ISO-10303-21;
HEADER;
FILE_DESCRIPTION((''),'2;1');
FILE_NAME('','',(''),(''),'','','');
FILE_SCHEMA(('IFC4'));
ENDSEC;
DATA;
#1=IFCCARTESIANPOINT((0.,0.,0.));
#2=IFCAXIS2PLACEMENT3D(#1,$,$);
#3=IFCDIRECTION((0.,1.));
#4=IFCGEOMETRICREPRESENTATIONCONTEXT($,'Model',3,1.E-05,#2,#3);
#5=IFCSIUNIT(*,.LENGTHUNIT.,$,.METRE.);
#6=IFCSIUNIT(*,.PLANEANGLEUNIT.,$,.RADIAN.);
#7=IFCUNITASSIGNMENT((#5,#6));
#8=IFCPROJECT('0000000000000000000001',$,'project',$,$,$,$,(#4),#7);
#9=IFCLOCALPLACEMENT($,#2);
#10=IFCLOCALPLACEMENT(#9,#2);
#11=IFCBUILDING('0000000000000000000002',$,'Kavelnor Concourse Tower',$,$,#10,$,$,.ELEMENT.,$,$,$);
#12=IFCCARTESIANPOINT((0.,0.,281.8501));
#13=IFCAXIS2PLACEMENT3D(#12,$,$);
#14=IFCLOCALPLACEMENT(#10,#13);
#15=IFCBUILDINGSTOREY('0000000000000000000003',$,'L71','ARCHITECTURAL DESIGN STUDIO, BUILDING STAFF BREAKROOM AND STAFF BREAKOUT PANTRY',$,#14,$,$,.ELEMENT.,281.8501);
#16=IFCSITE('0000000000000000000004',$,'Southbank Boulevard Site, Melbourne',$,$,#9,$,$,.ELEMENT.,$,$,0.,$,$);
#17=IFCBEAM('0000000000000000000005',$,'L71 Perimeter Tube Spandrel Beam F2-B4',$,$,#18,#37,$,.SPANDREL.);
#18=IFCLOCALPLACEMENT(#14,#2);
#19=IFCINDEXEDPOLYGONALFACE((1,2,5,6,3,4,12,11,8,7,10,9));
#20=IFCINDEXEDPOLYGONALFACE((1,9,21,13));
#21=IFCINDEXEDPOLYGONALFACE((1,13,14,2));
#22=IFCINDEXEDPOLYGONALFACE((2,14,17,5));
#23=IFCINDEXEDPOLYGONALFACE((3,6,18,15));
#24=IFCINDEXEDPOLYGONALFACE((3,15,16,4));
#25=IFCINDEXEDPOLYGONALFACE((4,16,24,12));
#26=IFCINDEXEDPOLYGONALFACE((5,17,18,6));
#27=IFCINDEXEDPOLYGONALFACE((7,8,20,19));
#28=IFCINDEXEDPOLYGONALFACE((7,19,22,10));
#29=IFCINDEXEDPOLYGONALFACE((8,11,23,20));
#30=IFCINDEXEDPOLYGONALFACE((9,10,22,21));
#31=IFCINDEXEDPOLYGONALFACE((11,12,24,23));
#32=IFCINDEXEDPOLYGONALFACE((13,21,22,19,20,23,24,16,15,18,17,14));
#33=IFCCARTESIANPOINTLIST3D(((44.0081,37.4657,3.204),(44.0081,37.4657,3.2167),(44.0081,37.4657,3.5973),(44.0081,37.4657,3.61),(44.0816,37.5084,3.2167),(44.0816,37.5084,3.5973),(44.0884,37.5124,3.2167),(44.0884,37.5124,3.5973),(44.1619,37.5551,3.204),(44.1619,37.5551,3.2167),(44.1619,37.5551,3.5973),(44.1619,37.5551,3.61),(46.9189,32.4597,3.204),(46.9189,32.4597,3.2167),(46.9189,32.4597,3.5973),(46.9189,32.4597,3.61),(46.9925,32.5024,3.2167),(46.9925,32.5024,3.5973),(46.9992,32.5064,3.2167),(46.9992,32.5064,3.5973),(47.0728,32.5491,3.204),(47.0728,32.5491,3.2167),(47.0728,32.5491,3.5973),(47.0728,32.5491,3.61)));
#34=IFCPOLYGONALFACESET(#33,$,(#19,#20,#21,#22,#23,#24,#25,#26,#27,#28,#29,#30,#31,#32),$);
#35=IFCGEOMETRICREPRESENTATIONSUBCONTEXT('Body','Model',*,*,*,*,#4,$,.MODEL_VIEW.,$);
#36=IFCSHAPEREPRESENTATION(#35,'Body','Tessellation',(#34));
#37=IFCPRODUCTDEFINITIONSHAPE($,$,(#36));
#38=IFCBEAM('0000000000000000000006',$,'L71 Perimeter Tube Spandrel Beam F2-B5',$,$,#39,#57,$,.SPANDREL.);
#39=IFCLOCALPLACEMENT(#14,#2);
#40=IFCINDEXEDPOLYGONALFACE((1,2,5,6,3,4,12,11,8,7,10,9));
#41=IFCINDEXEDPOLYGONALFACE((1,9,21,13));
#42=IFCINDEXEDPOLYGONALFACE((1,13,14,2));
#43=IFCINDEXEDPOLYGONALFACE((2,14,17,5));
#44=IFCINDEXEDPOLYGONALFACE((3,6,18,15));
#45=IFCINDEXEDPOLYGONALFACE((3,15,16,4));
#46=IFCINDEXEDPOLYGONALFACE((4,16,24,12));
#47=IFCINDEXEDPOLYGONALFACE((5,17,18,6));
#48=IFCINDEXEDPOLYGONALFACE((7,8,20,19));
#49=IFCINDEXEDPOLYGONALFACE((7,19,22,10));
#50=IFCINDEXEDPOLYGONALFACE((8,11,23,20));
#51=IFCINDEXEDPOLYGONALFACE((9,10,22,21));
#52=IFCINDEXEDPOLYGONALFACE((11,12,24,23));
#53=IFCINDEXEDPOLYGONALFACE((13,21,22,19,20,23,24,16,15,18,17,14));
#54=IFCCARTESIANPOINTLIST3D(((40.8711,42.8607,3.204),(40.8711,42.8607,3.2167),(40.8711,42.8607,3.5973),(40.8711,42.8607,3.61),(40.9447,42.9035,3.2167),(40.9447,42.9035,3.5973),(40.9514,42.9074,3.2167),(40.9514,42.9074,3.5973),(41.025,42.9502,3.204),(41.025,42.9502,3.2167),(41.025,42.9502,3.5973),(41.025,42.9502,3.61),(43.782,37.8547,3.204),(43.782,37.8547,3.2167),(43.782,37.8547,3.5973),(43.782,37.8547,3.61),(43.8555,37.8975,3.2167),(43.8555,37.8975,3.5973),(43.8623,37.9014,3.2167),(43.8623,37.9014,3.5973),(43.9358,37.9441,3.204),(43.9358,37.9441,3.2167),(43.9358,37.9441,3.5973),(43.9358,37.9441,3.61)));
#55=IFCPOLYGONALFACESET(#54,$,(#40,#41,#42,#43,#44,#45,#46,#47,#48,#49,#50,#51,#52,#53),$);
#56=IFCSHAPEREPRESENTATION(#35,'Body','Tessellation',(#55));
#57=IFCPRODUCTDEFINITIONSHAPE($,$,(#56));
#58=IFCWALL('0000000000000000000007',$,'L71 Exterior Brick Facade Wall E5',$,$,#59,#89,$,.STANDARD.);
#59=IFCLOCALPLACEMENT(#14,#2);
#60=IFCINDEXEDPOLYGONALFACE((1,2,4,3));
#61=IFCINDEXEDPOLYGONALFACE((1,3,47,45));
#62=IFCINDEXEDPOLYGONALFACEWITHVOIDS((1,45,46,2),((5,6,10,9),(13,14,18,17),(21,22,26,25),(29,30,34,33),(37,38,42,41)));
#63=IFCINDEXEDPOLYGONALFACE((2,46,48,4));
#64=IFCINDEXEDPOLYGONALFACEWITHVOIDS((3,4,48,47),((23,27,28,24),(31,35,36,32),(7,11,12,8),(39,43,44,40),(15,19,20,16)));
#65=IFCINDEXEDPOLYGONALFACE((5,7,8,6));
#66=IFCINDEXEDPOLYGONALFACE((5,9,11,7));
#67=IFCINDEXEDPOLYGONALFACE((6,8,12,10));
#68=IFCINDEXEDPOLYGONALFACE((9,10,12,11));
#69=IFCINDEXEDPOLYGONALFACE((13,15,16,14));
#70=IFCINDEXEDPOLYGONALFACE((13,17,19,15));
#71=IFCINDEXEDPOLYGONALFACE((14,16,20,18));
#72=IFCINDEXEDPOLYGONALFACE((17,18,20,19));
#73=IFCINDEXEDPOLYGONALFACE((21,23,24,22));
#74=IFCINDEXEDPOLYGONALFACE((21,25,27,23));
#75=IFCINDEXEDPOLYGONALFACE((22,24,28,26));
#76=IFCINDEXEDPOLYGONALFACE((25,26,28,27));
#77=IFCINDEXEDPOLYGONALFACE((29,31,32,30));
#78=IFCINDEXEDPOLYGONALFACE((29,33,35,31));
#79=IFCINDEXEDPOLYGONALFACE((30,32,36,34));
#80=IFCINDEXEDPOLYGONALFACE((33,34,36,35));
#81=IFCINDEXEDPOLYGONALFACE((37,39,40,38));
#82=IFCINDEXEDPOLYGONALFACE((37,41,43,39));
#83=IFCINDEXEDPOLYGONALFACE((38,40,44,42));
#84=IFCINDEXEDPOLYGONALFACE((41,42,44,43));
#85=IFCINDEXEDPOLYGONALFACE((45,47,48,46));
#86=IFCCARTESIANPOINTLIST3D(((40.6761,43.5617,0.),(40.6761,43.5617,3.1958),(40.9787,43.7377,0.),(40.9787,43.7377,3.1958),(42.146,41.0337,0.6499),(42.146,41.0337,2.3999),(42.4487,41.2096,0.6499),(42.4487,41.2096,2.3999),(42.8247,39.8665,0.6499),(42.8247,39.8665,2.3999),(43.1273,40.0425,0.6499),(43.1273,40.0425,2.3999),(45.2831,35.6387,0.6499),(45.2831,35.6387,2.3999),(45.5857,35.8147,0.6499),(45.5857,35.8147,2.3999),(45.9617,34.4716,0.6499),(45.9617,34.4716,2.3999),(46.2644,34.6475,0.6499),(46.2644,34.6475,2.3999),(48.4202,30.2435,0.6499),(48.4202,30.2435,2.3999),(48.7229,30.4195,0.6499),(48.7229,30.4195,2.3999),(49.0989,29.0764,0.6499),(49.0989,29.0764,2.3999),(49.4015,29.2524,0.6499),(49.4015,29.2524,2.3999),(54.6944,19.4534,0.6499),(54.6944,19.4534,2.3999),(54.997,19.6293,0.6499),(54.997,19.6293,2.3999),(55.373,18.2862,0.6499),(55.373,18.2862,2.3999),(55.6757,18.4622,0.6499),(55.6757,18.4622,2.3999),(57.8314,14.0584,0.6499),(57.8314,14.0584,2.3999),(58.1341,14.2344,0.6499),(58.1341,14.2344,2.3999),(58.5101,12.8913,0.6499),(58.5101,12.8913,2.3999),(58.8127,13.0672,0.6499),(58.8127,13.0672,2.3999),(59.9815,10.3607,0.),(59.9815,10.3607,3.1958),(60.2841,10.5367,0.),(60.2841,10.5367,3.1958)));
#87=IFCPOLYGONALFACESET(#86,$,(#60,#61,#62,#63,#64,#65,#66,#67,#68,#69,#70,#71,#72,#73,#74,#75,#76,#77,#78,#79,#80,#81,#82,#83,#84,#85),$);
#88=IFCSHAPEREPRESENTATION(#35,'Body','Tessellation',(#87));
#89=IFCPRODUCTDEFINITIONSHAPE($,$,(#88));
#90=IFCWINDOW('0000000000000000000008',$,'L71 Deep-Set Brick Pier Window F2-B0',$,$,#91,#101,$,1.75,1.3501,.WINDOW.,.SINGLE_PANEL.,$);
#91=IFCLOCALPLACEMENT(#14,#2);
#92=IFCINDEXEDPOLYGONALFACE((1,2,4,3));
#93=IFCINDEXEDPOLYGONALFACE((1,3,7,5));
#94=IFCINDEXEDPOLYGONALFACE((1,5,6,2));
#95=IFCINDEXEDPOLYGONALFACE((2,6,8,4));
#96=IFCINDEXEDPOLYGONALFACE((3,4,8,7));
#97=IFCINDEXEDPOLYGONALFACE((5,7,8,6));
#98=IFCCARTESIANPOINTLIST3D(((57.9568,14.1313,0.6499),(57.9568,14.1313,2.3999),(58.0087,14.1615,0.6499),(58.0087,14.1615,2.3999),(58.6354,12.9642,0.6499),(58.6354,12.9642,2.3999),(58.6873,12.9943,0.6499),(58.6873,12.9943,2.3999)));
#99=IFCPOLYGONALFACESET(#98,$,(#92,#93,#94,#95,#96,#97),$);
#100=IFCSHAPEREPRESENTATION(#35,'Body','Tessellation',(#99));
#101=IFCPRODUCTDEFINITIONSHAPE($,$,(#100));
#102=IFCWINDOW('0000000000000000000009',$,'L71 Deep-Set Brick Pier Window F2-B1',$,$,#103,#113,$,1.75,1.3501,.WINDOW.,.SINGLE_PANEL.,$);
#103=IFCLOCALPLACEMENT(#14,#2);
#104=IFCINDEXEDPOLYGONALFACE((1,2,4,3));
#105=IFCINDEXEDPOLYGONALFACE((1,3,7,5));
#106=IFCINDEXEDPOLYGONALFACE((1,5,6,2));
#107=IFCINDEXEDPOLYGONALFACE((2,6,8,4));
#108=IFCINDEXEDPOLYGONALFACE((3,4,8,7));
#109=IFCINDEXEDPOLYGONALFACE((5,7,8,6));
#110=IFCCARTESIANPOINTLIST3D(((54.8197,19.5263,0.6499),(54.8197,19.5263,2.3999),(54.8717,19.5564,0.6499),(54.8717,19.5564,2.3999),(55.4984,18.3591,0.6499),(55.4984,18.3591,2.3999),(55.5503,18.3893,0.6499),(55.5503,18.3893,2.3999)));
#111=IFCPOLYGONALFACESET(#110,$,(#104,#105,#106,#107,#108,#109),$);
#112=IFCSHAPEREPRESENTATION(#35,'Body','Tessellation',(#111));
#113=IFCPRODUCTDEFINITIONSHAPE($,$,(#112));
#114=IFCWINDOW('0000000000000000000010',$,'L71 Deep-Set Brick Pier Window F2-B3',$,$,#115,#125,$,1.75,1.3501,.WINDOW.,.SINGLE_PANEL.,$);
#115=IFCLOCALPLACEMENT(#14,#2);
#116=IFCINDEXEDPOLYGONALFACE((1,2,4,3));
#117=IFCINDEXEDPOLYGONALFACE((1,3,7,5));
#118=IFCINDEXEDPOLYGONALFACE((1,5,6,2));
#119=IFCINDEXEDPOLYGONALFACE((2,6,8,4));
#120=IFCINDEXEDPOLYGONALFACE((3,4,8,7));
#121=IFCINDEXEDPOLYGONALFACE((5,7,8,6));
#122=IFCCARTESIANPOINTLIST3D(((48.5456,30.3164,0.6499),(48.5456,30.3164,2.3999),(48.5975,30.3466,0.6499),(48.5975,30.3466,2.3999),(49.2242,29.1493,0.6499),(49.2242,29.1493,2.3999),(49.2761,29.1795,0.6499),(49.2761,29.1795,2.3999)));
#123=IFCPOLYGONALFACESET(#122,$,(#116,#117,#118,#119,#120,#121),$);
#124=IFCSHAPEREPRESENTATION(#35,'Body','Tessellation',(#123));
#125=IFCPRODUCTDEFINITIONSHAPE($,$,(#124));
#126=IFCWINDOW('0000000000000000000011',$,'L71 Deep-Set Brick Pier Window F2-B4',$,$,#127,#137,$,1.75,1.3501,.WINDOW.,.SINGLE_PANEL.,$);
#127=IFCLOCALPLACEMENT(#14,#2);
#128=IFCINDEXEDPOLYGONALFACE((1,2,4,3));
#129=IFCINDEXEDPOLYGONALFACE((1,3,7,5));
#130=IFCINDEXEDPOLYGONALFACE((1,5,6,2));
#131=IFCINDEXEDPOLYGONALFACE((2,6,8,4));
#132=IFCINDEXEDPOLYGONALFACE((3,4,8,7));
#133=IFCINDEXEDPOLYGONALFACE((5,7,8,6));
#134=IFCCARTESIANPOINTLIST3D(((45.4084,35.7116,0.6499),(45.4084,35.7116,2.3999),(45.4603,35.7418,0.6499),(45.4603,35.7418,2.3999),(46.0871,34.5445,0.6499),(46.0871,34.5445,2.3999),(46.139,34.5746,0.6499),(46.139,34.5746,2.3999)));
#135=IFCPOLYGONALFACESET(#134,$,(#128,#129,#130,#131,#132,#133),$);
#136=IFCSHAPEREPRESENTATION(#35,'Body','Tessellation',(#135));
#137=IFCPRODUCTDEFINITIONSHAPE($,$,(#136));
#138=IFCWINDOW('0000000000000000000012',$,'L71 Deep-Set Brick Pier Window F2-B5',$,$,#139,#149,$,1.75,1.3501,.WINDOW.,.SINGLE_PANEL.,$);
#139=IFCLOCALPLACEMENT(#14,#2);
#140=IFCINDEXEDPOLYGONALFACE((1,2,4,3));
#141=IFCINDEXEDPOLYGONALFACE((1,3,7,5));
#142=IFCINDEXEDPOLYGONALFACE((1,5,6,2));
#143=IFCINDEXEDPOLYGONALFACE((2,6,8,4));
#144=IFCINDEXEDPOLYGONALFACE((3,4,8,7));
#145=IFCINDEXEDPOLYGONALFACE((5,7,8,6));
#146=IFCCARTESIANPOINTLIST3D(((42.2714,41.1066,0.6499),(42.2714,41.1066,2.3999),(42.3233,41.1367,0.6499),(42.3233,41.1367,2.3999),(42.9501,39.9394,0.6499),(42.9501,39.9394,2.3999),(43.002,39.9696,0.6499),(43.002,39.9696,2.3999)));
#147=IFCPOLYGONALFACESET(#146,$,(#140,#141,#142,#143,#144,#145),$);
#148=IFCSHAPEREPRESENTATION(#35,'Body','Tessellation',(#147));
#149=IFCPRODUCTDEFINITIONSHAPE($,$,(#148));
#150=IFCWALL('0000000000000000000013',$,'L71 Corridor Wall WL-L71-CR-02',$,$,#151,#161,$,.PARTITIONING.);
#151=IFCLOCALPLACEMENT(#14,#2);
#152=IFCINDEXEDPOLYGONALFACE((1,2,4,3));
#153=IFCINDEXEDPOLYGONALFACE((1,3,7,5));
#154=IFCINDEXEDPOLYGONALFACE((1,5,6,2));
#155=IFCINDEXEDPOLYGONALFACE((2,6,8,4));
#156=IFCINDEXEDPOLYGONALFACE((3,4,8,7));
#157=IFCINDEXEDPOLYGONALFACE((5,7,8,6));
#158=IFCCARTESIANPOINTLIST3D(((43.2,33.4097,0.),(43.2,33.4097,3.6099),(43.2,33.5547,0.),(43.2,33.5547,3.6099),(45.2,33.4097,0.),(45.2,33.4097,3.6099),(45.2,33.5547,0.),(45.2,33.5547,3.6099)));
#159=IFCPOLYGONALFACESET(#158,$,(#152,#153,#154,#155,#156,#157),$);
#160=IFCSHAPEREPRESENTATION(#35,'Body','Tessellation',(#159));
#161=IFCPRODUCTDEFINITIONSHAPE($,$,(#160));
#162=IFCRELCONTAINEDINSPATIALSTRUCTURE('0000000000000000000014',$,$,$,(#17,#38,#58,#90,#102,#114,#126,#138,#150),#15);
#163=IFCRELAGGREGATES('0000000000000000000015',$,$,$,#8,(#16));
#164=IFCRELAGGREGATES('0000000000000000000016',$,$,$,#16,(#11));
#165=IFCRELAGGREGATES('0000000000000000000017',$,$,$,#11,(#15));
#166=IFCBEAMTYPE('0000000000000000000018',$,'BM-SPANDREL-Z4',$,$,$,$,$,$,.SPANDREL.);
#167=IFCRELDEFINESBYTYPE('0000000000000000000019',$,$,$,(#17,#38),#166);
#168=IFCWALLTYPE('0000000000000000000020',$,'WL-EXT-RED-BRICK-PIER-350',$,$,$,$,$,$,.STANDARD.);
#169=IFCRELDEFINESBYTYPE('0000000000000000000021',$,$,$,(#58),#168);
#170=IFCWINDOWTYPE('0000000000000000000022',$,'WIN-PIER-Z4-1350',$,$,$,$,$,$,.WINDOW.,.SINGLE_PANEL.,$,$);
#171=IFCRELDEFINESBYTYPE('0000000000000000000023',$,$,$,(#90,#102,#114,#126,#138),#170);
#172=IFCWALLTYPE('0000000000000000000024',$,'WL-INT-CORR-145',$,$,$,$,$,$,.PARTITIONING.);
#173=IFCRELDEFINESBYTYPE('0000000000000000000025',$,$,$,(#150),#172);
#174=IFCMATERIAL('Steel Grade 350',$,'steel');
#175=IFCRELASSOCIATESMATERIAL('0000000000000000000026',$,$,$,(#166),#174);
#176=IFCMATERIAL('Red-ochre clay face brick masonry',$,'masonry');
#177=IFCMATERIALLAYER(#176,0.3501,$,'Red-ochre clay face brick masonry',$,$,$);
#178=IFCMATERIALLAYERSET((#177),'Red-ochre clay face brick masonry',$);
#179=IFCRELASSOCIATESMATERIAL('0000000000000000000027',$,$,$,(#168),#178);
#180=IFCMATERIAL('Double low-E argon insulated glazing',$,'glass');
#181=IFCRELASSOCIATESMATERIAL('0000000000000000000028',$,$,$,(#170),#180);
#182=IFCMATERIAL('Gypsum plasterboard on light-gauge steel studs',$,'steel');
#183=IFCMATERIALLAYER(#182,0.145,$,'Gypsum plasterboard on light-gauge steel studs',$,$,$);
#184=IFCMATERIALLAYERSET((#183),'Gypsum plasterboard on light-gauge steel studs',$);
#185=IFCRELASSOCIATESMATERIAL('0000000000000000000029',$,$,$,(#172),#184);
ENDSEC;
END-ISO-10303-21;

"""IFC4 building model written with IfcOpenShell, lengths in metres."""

from ifc_helpers import new_model, si_unit, direction, frame, frame_2d, origin, origin_2d, place, context, subcontext, project, spatial, rectangle, i_section, extrude, material, layer, layer_set, material_profile, profile_set, type_object, element, fill, save


model = new_model("IFC4")

# Units and contexts
model_context = context("Model", 3, precision=1e-05, world=origin(), true_north=direction((0.0, 1.0)))
body_context = subcontext(model_context, "Body", "Model", "MODEL_VIEW")
ifc_project = project(units=[si_unit("LENGTHUNIT", "METRE"), si_unit("PLANEANGLEUNIT", "RADIAN")], contexts=[model_context])

# Site, building, storey
site_placement = place(None, origin())
site = spatial("IfcSite", under=ifc_project, at=site_placement, Name="Southbank Boulevard Site, Melbourne", CompositionType="ELEMENT", RefElevation=0.0)
building_placement = place(site_placement, origin())
building = spatial("IfcBuilding", under=site, at=building_placement, Name="Kavelnor Concourse Tower", CompositionType="ELEMENT")
storey_placement = place(building_placement, frame((0.0, 0.0, 281.8501)))
storey = spatial("IfcBuildingStorey", under=building, at=storey_placement, Name="L71", Description="ARCHITECTURAL DESIGN STUDIO, BUILDING STAFF BREAKROOM AND STAFF BREAKOUT PANTRY", CompositionType="ELEMENT", Elevation=281.8501)

# Shared definitions
ifc_material_1 = material(Name="Steel Grade 350", Category="steel")

# Beams
ifc_material_profile_1 = material_profile(ifc_material_1, i_section(OverallWidth=0.178, OverallDepth=0.406, WebThickness=0.0078, FlangeThickness=0.0127, at=origin_2d()), Name="410UB59")
ifc_profile_set_1 = profile_set([ifc_material_profile_1], Name="Steel Grade 350")
beam_type_1 = type_object("IfcBeamType", Name="BM-SPANDREL-Z4", PredefinedType="SPANDREL", material=ifc_profile_set_1)
for number, where, z_axis, x_axis, name in (
    (1, (46.9958, 32.5044, 3.407), (-0.502667, 0.86448, 0.0), (-0.86448, -0.502667, 0.0), "L71 Perimeter Tube Spandrel Beam F2-B4"),
    (2, (43.8589, 37.8994, 3.407), (-0.502667, 0.86448, 0.0), (-0.86448, -0.502667, 0.0), "L71 Perimeter Tube Spandrel Beam F2-B5"),
):
    element("IfcBeam", number, at=place(storey_placement, frame(where, z_axis=z_axis, x_axis=x_axis)), inside=storey, type_object=beam_type_1, Name=name, PredefinedType="SPANDREL", context=body_context, shape_type="SweptSolid", body=[
        extrude(i_section(OverallWidth=0.178, OverallDepth=0.406, WebThickness=0.0078, FlangeThickness=0.0127, at=origin_2d()), origin(), (0.0, 0.0, 1.0), 5.7908),
    ])

# Wall, openings, windows
ifc_material_2 = material(Name="Red-ochre clay face brick masonry", Category="masonry")
ifc_layer_1 = layer(ifc_material_2, 0.3501, Name="Red-ochre clay face brick masonry")
ifc_layer_set_1 = layer_set([ifc_layer_1], Name="Red-ochre clay face brick masonry")
wall_type_1 = type_object("IfcWallType", Name="WL-EXT-RED-BRICK-PIER-350", PredefinedType="STANDARD", material=ifc_layer_set_1)
wall_1_placement = place(storey_placement, frame((40.8274, 43.6497, 0.0), z_axis=(0.0, 0.0, 1.0), x_axis=(0.50267, -0.864478, 0.0)))
wall_1 = element("IfcWall", 3, at=wall_1_placement, inside=storey, type_object=wall_type_1, Name="L71 Exterior Brick Facade Wall E5", PredefinedType="STANDARD", context=body_context, shape_type="SweptSolid", body=[
    extrude(rectangle(XDim=38.4058, YDim=0.3501, at=frame_2d((19.2029, 0.0))), origin(), (0.0, 0.0, 1.0), 3.1958),
])
opening_1_placement = place(wall_1_placement, frame((34.1284, 0.0, 0.6499)))
opening_1 = element("IfcOpeningElement", 4, at=opening_1_placement, cuts=wall_1, PredefinedType="OPENING", context=body_context, shape_type="SweptSolid", body=[
    extrude(rectangle(XDim=1.3501, YDim=1.75, at=frame_2d((0.675, 0.875))), frame((0.0, 0.1851, 0.0), z_axis=(0.0, -1.0, 0.0), x_axis=(1.0, 0.0, 0.0)), (0.0, 0.0, 1.0), 0.3701),
])
opening_2_placement = place(wall_1_placement, frame((27.8877, 0.0, 0.6499)))
opening_2 = element("IfcOpeningElement", 5, at=opening_2_placement, cuts=wall_1, PredefinedType="OPENING", context=body_context, shape_type="SweptSolid", body=[
    extrude(rectangle(XDim=1.3501, YDim=1.75, at=frame_2d((0.675, 0.875))), frame((0.0, 0.1851, 0.0), z_axis=(0.0, -1.0, 0.0), x_axis=(1.0, 0.0, 0.0)), (0.0, 0.0, 1.0), 0.3701),
])
opening_3_placement = place(wall_1_placement, frame((15.406, 0.0, 0.6499)))
opening_3 = element("IfcOpeningElement", 6, at=opening_3_placement, cuts=wall_1, PredefinedType="OPENING", context=body_context, shape_type="SweptSolid", body=[
    extrude(rectangle(XDim=1.3501, YDim=1.75, at=frame_2d((0.675, 0.875))), frame((0.0, 0.1851, 0.0), z_axis=(0.0, -1.0, 0.0), x_axis=(1.0, 0.0, 0.0)), (0.0, 0.0, 1.0), 0.3701),
])
opening_4_placement = place(wall_1_placement, frame((9.165, 0.0, 0.6499)))
opening_4 = element("IfcOpeningElement", 7, at=opening_4_placement, cuts=wall_1, PredefinedType="OPENING", context=body_context, shape_type="SweptSolid", body=[
    extrude(rectangle(XDim=1.3501, YDim=1.75, at=frame_2d((0.675, 0.875))), frame((0.0, 0.1851, 0.0), z_axis=(0.0, -1.0, 0.0), x_axis=(1.0, 0.0, 0.0)), (0.0, 0.0, 1.0), 0.3701),
])
opening_5_placement = place(wall_1_placement, frame((2.9243, 0.0, 0.6499)))
opening_5 = element("IfcOpeningElement", 8, at=opening_5_placement, cuts=wall_1, PredefinedType="OPENING", context=body_context, shape_type="SweptSolid", body=[
    extrude(rectangle(XDim=1.3501, YDim=1.75, at=frame_2d((0.675, 0.875))), frame((0.0, 0.1851, 0.0), z_axis=(0.0, -1.0, 0.0), x_axis=(1.0, 0.0, 0.0)), (0.0, 0.0, 1.0), 0.3701),
])
ifc_material_3 = material(Name="Double low-E argon insulated glazing", Category="glass")
window_type = type_object("IfcWindowType", Name="WIN-PIER-Z4-1350", PartitioningType="SINGLE_PANEL", PredefinedType="WINDOW", material=ifc_material_3)
window_1_placement = place(opening_1_placement, origin())
window_1 = element("IfcWindow", 9, at=window_1_placement, inside=storey, type_object=window_type, Name="L71 Deep-Set Brick Pier Window F2-B0", OverallHeight=1.75, OverallWidth=1.3501, PartitioningType="SINGLE_PANEL", PredefinedType="WINDOW", context=body_context, shape_type="SweptSolid", body=[
    extrude(rectangle(XDim=1.3501, YDim=1.75, at=frame_2d((0.675, 0.875))), frame((0.0, 0.03, 0.0), z_axis=(0.0, -1.0, 0.0), x_axis=(1.0, 0.0, 0.0)), (0.0, 0.0, 1.0), 0.0601),
])
fill(opening_1, window_1)
window_2_placement = place(opening_2_placement, origin())
window_2 = element("IfcWindow", 10, at=window_2_placement, inside=storey, type_object=window_type, Name="L71 Deep-Set Brick Pier Window F2-B1", OverallHeight=1.75, OverallWidth=1.3501, PartitioningType="SINGLE_PANEL", PredefinedType="WINDOW", context=body_context, shape_type="SweptSolid", body=[
    extrude(rectangle(XDim=1.3501, YDim=1.75, at=frame_2d((0.675, 0.875))), frame((0.0, 0.03, 0.0), z_axis=(0.0, -1.0, 0.0), x_axis=(1.0, 0.0, 0.0)), (0.0, 0.0, 1.0), 0.0601),
])
fill(opening_2, window_2)
window_3_placement = place(opening_3_placement, origin())
window_3 = element("IfcWindow", 11, at=window_3_placement, inside=storey, type_object=window_type, Name="L71 Deep-Set Brick Pier Window F2-B3", OverallHeight=1.75, OverallWidth=1.3501, PartitioningType="SINGLE_PANEL", PredefinedType="WINDOW", context=body_context, shape_type="SweptSolid", body=[
    extrude(rectangle(XDim=1.3501, YDim=1.75, at=frame_2d((0.675, 0.875))), frame((0.0, 0.03, 0.0), z_axis=(0.0, -1.0, 0.0), x_axis=(1.0, 0.0, 0.0)), (0.0, 0.0, 1.0), 0.0601),
])
fill(opening_3, window_3)
window_4_placement = place(opening_4_placement, origin())
window_4 = element("IfcWindow", 12, at=window_4_placement, inside=storey, type_object=window_type, Name="L71 Deep-Set Brick Pier Window F2-B4", OverallHeight=1.75, OverallWidth=1.3501, PartitioningType="SINGLE_PANEL", PredefinedType="WINDOW", context=body_context, shape_type="SweptSolid", body=[
    extrude(rectangle(XDim=1.3501, YDim=1.75, at=frame_2d((0.675, 0.875))), frame((0.0, 0.03, 0.0), z_axis=(0.0, -1.0, 0.0), x_axis=(1.0, 0.0, 0.0)), (0.0, 0.0, 1.0), 0.0601),
])
fill(opening_4, window_4)
window_5_placement = place(opening_5_placement, origin())
window_5 = element("IfcWindow", 13, at=window_5_placement, inside=storey, type_object=window_type, Name="L71 Deep-Set Brick Pier Window F2-B5", OverallHeight=1.75, OverallWidth=1.3501, PartitioningType="SINGLE_PANEL", PredefinedType="WINDOW", context=body_context, shape_type="SweptSolid", body=[
    extrude(rectangle(XDim=1.3501, YDim=1.75, at=frame_2d((0.675, 0.875))), frame((0.0, 0.03, 0.0), z_axis=(0.0, -1.0, 0.0), x_axis=(1.0, 0.0, 0.0)), (0.0, 0.0, 1.0), 0.0601),
])
fill(opening_5, window_5)

# Wall
ifc_material_4 = material(Name="Gypsum plasterboard on light-gauge steel studs", Category="steel")
ifc_layer_2 = layer(ifc_material_4, 0.145, Name="Gypsum plasterboard on light-gauge steel studs")
ifc_layer_set_2 = layer_set([ifc_layer_2], Name="Gypsum plasterboard on light-gauge steel studs")
wall_type_2 = type_object("IfcWallType", Name="WL-INT-CORR-145", PredefinedType="PARTITIONING", material=ifc_layer_set_2)
wall_2_placement = place(storey_placement, frame((43.2, 33.4822, 0.0), z_axis=(0.0, 0.0, 1.0), x_axis=(1.0, 0.0, 0.0)))
element("IfcWall", 14, at=wall_2_placement, inside=storey, type_object=wall_type_2, Name="L71 Corridor Wall WL-L71-CR-02", PredefinedType="PARTITIONING", context=body_context, shape_type="SweptSolid", body=[
    extrude(rectangle(XDim=2.0, YDim=0.145, at=frame_2d((1.0, 0.0))), origin(), (0.0, 0.0, 1.0), 3.6099),
])

save(model, "model.ifc")
